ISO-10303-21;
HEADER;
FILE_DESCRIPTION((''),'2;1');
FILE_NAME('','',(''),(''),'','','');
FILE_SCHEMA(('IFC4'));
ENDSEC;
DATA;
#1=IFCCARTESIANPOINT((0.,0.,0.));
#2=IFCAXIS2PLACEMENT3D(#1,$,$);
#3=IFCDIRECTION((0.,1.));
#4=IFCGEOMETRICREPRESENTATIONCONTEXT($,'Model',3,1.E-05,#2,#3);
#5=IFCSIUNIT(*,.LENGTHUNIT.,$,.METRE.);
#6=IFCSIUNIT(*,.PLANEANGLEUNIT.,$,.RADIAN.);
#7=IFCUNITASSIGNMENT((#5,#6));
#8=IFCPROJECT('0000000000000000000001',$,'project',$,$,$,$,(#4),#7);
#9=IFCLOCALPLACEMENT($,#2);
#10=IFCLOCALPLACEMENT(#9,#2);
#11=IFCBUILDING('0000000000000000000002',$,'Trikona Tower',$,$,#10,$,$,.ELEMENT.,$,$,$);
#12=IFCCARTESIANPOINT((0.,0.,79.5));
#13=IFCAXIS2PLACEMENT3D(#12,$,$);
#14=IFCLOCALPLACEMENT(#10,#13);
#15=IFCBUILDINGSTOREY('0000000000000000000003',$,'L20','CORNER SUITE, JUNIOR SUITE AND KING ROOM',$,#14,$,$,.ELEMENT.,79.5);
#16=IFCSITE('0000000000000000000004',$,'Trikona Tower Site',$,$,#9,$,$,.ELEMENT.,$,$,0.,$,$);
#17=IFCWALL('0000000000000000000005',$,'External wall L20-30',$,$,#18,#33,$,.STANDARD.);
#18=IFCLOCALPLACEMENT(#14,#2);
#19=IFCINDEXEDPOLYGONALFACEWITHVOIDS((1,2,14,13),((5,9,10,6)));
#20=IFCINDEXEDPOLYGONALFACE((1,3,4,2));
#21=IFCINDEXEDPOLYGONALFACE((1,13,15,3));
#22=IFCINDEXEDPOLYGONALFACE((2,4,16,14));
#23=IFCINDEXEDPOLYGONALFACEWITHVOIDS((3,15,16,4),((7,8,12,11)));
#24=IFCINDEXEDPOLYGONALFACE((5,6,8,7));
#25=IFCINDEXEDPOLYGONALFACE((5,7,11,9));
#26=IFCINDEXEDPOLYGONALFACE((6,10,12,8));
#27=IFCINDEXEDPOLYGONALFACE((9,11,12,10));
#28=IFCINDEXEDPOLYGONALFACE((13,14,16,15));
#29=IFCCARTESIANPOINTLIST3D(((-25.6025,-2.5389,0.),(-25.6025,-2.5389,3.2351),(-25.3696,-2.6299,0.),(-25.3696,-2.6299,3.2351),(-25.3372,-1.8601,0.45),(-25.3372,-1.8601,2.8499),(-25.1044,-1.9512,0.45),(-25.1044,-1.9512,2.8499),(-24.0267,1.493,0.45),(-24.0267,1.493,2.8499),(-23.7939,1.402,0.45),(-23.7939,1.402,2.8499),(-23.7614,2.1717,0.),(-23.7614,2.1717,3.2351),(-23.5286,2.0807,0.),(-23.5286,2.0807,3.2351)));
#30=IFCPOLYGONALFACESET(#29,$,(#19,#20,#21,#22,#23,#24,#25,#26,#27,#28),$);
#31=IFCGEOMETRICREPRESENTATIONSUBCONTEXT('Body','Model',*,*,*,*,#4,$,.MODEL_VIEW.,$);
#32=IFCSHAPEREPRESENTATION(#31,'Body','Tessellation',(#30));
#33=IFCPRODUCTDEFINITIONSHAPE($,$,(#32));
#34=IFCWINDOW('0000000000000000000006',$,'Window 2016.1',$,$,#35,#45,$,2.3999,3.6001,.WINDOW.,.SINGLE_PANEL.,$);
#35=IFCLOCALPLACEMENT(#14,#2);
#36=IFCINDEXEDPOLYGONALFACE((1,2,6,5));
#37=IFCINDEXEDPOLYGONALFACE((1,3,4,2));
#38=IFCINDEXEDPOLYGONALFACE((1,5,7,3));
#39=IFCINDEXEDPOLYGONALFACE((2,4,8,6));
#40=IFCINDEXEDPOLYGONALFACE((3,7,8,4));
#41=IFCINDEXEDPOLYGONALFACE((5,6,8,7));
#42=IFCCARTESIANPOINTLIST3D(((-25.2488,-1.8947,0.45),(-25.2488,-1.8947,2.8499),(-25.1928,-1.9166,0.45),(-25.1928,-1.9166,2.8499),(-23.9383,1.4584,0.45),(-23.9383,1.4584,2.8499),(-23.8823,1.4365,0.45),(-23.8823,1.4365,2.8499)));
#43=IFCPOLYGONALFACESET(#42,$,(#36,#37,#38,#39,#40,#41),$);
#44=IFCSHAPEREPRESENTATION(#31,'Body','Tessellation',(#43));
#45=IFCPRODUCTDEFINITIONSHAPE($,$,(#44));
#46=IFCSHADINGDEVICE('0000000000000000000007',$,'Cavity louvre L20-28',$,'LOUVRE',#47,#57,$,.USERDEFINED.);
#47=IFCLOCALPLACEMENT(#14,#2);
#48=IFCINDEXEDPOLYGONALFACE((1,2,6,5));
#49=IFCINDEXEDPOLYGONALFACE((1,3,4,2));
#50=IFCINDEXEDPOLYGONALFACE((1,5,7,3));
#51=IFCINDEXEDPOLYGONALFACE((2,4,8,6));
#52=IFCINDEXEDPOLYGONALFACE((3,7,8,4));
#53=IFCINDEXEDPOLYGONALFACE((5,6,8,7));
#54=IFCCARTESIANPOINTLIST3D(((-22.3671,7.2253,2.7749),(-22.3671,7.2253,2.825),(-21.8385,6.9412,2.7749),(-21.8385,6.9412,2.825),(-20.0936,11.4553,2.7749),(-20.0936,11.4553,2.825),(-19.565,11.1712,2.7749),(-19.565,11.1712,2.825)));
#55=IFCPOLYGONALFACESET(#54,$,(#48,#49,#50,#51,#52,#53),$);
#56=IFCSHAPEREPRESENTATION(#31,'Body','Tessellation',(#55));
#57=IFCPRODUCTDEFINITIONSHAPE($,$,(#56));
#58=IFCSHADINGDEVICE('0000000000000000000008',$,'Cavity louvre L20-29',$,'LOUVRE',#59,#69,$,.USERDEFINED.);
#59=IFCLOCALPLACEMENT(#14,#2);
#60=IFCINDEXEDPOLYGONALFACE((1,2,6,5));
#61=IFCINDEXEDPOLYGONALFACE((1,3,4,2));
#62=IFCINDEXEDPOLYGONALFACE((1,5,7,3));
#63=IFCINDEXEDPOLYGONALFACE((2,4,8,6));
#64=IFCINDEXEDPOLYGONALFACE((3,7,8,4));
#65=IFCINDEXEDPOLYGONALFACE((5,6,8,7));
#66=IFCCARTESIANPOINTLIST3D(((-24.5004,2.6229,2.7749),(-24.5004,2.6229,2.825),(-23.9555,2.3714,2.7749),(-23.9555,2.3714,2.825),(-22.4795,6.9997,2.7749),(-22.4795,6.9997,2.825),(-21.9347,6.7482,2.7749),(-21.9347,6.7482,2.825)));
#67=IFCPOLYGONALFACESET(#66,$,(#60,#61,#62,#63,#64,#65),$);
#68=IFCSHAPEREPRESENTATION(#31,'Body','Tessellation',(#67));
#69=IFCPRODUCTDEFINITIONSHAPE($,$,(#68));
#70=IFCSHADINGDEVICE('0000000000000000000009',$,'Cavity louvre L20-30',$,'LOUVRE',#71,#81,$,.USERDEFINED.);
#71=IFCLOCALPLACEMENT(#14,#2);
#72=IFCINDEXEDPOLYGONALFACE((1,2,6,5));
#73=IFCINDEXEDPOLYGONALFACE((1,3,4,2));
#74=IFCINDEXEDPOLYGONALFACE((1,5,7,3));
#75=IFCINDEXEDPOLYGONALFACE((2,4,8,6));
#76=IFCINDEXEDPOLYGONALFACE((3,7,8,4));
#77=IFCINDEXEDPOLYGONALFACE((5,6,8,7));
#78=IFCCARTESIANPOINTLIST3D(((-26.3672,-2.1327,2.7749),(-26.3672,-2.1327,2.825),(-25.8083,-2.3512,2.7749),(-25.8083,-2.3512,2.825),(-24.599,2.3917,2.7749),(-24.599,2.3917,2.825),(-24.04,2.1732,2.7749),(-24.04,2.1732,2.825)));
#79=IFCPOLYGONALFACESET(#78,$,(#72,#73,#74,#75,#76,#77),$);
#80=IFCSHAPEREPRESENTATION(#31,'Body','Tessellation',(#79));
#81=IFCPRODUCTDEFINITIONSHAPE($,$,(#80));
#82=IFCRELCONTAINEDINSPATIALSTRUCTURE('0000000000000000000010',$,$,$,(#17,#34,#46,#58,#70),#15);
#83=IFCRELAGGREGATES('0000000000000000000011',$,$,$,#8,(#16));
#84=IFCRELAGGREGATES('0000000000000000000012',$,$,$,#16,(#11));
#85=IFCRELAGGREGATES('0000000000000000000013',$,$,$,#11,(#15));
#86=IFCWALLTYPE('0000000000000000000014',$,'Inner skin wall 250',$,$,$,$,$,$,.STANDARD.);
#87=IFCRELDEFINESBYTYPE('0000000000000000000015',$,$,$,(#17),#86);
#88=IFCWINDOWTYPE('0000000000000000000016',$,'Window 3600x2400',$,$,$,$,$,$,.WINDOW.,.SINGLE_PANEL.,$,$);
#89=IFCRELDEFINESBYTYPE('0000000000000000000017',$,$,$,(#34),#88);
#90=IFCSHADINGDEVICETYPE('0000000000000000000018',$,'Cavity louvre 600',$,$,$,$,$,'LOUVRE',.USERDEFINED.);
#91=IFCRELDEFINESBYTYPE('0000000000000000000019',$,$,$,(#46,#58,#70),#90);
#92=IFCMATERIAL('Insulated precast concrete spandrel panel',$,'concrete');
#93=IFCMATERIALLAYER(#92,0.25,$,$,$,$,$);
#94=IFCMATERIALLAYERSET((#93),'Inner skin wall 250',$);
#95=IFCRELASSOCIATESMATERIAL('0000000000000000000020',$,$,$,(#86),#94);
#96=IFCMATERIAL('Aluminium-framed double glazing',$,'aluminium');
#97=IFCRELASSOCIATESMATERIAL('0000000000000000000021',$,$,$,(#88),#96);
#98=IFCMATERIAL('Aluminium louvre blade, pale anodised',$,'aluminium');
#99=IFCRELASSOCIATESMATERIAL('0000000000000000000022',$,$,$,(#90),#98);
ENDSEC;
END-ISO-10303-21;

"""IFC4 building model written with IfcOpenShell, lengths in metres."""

from ifc_helpers import new_model, si_unit, direction, frame, frame_2d, origin, origin_2d, place, context, subcontext, project, spatial, rectangle, extrude, material, layer, layer_set, type_object, element, fill, save


model = new_model("IFC4")

# Units and contexts
model_context = context("Model", 3, precision=1e-05, world=origin(), true_north=direction((0.0, 1.0)))
body_context = subcontext(model_context, "Body", "Model", "MODEL_VIEW")
ifc_project = project(units=[si_unit("LENGTHUNIT", "METRE"), si_unit("PLANEANGLEUNIT", "RADIAN")], contexts=[model_context])

# Site, building, storey
site_placement = place(None, origin())
site = spatial("IfcSite", under=ifc_project, at=site_placement, Name="Trikona Tower Site", CompositionType="ELEMENT", RefElevation=0.0)
building_placement = place(site_placement, origin())
building = spatial("IfcBuilding", under=site, at=building_placement, Name="Trikona Tower", CompositionType="ELEMENT")
storey_placement = place(building_placement, frame((0.0, 0.0, 79.5)))
storey = spatial("IfcBuildingStorey", under=building, at=storey_placement, Name="L20", Description="CORNER SUITE, JUNIOR SUITE AND KING ROOM", CompositionType="ELEMENT", Elevation=79.5)

# Wall, opening, window
ifc_material_1 = material(Name="Insulated precast concrete spandrel panel", Category="concrete")
ifc_layer_1 = layer(ifc_material_1, 0.25)
ifc_layer_set_1 = layer_set([ifc_layer_1], Name="Inner skin wall 250")
wall_type = type_object("IfcWallType", Name="Inner skin wall 250", PredefinedType="STANDARD", material=ifc_layer_set_1)
ifc_material_2 = material(Name="Aluminium-framed double glazing", Category="aluminium")
window_type = type_object("IfcWindowType", Name="Window 3600x2400", PartitioningType="SINGLE_PANEL", PredefinedType="WINDOW", material=ifc_material_2)
wall_1_placement = place(storey_placement, frame((-23.645, 2.1262, 0.0), z_axis=(0.0, 0.0, 1.0), x_axis=(-0.364013, -0.931394, 0.0)))
wall_1 = element("IfcWall", 1, at=wall_1_placement, inside=storey, type_object=wall_type, Name="External wall L20-30", PredefinedType="STANDARD", context=body_context, shape_type="SweptSolid", body=[
    extrude(rectangle(XDim=5.0576, YDim=0.25, at=frame_2d((2.5288, 0.0))), origin(), (0.0, 0.0, 1.0), 3.2351),
])
opening_1_placement = place(wall_1_placement, frame((0.7288, 0.0, 0.45)))
opening_1 = element("IfcOpeningElement", 2, at=opening_1_placement, cuts=wall_1, PredefinedType="OPENING", context=body_context, shape_type="SweptSolid", body=[
    extrude(rectangle(XDim=3.6001, YDim=2.3999, at=frame_2d((1.8, 1.2))), frame((0.0, 0.135, 0.0), z_axis=(0.0, -1.0, 0.0), x_axis=(1.0, 0.0, 0.0)), (0.0, 0.0, 1.0), 0.27),
])
window_1_placement = place(opening_1_placement, origin())
window_1 = element("IfcWindow", 3, at=window_1_placement, inside=storey, type_object=window_type, Name="Window 2016.1", OverallHeight=2.3999, OverallWidth=3.6001, PartitioningType="SINGLE_PANEL", PredefinedType="WINDOW", context=body_context, shape_type="SweptSolid", body=[
    extrude(rectangle(XDim=3.6001, YDim=2.3999, at=frame_2d((1.8, 1.2))), frame((0.0, 0.03, 0.0), z_axis=(0.0, -1.0, 0.0), x_axis=(1.0, 0.0, 0.0)), (0.0, 0.0, 1.0), 0.0601),
])
fill(opening_1, window_1)

# Shading devices
ifc_material_3 = material(Name="Aluminium louvre blade, pale anodised", Category="aluminium")
shading_device_type = type_object("IfcShadingDeviceType", Name="Cavity louvre 600", ElementType="LOUVRE", PredefinedType="USERDEFINED", material=ifc_material_3)
shading_device_1_placement = place(storey_placement, frame((-20.9661, 9.1982, 2.7749), z_axis=(0.0, 0.0, 1.0), x_axis=(-0.473423, -0.880835, 0.0)))
element("IfcShadingDevice", 4, at=shading_device_1_placement, inside=storey, type_object=shading_device_type, Name="Cavity louvre L20-28", ObjectType="LOUVRE", PredefinedType="USERDEFINED", context=body_context, shape_type="SweptSolid", body=[
    extrude(rectangle(XDim=4.8022, YDim=0.6001, at=origin_2d()), origin(), (0.0, 0.0, 1.0), 0.05),
])
shading_device_2_placement = place(storey_placement, frame((-23.2175, 4.6855, 2.7749), z_axis=(0.0, 0.0, 1.0), x_axis=(-0.419194, -0.907897, 0.0)))
element("IfcShadingDevice", 5, at=shading_device_2_placement, inside=storey, type_object=shading_device_type, Name="Cavity louvre L20-29", ObjectType="LOUVRE", PredefinedType="USERDEFINED", context=body_context, shape_type="SweptSolid", body=[
    extrude(rectangle(XDim=4.8208, YDim=0.6001, at=origin_2d()), origin(), (0.0, 0.0, 1.0), 0.05),
])
shading_device_3_placement = place(storey_placement, frame((-25.2036, 0.0203, 2.7749), z_axis=(0.0, 0.0, 1.0), x_axis=(-0.364009, -0.931395, 0.0)))
element("IfcShadingDevice", 6, at=shading_device_3_placement, inside=storey, type_object=shading_device_type, Name="Cavity louvre L20-30", ObjectType="LOUVRE", PredefinedType="USERDEFINED", context=body_context, shape_type="SweptSolid", body=[
    extrude(rectangle(XDim=4.8577, YDim=0.6001, at=origin_2d()), origin(), (0.0, 0.0, 1.0), 0.05),
])

save(model, "model.ifc")
